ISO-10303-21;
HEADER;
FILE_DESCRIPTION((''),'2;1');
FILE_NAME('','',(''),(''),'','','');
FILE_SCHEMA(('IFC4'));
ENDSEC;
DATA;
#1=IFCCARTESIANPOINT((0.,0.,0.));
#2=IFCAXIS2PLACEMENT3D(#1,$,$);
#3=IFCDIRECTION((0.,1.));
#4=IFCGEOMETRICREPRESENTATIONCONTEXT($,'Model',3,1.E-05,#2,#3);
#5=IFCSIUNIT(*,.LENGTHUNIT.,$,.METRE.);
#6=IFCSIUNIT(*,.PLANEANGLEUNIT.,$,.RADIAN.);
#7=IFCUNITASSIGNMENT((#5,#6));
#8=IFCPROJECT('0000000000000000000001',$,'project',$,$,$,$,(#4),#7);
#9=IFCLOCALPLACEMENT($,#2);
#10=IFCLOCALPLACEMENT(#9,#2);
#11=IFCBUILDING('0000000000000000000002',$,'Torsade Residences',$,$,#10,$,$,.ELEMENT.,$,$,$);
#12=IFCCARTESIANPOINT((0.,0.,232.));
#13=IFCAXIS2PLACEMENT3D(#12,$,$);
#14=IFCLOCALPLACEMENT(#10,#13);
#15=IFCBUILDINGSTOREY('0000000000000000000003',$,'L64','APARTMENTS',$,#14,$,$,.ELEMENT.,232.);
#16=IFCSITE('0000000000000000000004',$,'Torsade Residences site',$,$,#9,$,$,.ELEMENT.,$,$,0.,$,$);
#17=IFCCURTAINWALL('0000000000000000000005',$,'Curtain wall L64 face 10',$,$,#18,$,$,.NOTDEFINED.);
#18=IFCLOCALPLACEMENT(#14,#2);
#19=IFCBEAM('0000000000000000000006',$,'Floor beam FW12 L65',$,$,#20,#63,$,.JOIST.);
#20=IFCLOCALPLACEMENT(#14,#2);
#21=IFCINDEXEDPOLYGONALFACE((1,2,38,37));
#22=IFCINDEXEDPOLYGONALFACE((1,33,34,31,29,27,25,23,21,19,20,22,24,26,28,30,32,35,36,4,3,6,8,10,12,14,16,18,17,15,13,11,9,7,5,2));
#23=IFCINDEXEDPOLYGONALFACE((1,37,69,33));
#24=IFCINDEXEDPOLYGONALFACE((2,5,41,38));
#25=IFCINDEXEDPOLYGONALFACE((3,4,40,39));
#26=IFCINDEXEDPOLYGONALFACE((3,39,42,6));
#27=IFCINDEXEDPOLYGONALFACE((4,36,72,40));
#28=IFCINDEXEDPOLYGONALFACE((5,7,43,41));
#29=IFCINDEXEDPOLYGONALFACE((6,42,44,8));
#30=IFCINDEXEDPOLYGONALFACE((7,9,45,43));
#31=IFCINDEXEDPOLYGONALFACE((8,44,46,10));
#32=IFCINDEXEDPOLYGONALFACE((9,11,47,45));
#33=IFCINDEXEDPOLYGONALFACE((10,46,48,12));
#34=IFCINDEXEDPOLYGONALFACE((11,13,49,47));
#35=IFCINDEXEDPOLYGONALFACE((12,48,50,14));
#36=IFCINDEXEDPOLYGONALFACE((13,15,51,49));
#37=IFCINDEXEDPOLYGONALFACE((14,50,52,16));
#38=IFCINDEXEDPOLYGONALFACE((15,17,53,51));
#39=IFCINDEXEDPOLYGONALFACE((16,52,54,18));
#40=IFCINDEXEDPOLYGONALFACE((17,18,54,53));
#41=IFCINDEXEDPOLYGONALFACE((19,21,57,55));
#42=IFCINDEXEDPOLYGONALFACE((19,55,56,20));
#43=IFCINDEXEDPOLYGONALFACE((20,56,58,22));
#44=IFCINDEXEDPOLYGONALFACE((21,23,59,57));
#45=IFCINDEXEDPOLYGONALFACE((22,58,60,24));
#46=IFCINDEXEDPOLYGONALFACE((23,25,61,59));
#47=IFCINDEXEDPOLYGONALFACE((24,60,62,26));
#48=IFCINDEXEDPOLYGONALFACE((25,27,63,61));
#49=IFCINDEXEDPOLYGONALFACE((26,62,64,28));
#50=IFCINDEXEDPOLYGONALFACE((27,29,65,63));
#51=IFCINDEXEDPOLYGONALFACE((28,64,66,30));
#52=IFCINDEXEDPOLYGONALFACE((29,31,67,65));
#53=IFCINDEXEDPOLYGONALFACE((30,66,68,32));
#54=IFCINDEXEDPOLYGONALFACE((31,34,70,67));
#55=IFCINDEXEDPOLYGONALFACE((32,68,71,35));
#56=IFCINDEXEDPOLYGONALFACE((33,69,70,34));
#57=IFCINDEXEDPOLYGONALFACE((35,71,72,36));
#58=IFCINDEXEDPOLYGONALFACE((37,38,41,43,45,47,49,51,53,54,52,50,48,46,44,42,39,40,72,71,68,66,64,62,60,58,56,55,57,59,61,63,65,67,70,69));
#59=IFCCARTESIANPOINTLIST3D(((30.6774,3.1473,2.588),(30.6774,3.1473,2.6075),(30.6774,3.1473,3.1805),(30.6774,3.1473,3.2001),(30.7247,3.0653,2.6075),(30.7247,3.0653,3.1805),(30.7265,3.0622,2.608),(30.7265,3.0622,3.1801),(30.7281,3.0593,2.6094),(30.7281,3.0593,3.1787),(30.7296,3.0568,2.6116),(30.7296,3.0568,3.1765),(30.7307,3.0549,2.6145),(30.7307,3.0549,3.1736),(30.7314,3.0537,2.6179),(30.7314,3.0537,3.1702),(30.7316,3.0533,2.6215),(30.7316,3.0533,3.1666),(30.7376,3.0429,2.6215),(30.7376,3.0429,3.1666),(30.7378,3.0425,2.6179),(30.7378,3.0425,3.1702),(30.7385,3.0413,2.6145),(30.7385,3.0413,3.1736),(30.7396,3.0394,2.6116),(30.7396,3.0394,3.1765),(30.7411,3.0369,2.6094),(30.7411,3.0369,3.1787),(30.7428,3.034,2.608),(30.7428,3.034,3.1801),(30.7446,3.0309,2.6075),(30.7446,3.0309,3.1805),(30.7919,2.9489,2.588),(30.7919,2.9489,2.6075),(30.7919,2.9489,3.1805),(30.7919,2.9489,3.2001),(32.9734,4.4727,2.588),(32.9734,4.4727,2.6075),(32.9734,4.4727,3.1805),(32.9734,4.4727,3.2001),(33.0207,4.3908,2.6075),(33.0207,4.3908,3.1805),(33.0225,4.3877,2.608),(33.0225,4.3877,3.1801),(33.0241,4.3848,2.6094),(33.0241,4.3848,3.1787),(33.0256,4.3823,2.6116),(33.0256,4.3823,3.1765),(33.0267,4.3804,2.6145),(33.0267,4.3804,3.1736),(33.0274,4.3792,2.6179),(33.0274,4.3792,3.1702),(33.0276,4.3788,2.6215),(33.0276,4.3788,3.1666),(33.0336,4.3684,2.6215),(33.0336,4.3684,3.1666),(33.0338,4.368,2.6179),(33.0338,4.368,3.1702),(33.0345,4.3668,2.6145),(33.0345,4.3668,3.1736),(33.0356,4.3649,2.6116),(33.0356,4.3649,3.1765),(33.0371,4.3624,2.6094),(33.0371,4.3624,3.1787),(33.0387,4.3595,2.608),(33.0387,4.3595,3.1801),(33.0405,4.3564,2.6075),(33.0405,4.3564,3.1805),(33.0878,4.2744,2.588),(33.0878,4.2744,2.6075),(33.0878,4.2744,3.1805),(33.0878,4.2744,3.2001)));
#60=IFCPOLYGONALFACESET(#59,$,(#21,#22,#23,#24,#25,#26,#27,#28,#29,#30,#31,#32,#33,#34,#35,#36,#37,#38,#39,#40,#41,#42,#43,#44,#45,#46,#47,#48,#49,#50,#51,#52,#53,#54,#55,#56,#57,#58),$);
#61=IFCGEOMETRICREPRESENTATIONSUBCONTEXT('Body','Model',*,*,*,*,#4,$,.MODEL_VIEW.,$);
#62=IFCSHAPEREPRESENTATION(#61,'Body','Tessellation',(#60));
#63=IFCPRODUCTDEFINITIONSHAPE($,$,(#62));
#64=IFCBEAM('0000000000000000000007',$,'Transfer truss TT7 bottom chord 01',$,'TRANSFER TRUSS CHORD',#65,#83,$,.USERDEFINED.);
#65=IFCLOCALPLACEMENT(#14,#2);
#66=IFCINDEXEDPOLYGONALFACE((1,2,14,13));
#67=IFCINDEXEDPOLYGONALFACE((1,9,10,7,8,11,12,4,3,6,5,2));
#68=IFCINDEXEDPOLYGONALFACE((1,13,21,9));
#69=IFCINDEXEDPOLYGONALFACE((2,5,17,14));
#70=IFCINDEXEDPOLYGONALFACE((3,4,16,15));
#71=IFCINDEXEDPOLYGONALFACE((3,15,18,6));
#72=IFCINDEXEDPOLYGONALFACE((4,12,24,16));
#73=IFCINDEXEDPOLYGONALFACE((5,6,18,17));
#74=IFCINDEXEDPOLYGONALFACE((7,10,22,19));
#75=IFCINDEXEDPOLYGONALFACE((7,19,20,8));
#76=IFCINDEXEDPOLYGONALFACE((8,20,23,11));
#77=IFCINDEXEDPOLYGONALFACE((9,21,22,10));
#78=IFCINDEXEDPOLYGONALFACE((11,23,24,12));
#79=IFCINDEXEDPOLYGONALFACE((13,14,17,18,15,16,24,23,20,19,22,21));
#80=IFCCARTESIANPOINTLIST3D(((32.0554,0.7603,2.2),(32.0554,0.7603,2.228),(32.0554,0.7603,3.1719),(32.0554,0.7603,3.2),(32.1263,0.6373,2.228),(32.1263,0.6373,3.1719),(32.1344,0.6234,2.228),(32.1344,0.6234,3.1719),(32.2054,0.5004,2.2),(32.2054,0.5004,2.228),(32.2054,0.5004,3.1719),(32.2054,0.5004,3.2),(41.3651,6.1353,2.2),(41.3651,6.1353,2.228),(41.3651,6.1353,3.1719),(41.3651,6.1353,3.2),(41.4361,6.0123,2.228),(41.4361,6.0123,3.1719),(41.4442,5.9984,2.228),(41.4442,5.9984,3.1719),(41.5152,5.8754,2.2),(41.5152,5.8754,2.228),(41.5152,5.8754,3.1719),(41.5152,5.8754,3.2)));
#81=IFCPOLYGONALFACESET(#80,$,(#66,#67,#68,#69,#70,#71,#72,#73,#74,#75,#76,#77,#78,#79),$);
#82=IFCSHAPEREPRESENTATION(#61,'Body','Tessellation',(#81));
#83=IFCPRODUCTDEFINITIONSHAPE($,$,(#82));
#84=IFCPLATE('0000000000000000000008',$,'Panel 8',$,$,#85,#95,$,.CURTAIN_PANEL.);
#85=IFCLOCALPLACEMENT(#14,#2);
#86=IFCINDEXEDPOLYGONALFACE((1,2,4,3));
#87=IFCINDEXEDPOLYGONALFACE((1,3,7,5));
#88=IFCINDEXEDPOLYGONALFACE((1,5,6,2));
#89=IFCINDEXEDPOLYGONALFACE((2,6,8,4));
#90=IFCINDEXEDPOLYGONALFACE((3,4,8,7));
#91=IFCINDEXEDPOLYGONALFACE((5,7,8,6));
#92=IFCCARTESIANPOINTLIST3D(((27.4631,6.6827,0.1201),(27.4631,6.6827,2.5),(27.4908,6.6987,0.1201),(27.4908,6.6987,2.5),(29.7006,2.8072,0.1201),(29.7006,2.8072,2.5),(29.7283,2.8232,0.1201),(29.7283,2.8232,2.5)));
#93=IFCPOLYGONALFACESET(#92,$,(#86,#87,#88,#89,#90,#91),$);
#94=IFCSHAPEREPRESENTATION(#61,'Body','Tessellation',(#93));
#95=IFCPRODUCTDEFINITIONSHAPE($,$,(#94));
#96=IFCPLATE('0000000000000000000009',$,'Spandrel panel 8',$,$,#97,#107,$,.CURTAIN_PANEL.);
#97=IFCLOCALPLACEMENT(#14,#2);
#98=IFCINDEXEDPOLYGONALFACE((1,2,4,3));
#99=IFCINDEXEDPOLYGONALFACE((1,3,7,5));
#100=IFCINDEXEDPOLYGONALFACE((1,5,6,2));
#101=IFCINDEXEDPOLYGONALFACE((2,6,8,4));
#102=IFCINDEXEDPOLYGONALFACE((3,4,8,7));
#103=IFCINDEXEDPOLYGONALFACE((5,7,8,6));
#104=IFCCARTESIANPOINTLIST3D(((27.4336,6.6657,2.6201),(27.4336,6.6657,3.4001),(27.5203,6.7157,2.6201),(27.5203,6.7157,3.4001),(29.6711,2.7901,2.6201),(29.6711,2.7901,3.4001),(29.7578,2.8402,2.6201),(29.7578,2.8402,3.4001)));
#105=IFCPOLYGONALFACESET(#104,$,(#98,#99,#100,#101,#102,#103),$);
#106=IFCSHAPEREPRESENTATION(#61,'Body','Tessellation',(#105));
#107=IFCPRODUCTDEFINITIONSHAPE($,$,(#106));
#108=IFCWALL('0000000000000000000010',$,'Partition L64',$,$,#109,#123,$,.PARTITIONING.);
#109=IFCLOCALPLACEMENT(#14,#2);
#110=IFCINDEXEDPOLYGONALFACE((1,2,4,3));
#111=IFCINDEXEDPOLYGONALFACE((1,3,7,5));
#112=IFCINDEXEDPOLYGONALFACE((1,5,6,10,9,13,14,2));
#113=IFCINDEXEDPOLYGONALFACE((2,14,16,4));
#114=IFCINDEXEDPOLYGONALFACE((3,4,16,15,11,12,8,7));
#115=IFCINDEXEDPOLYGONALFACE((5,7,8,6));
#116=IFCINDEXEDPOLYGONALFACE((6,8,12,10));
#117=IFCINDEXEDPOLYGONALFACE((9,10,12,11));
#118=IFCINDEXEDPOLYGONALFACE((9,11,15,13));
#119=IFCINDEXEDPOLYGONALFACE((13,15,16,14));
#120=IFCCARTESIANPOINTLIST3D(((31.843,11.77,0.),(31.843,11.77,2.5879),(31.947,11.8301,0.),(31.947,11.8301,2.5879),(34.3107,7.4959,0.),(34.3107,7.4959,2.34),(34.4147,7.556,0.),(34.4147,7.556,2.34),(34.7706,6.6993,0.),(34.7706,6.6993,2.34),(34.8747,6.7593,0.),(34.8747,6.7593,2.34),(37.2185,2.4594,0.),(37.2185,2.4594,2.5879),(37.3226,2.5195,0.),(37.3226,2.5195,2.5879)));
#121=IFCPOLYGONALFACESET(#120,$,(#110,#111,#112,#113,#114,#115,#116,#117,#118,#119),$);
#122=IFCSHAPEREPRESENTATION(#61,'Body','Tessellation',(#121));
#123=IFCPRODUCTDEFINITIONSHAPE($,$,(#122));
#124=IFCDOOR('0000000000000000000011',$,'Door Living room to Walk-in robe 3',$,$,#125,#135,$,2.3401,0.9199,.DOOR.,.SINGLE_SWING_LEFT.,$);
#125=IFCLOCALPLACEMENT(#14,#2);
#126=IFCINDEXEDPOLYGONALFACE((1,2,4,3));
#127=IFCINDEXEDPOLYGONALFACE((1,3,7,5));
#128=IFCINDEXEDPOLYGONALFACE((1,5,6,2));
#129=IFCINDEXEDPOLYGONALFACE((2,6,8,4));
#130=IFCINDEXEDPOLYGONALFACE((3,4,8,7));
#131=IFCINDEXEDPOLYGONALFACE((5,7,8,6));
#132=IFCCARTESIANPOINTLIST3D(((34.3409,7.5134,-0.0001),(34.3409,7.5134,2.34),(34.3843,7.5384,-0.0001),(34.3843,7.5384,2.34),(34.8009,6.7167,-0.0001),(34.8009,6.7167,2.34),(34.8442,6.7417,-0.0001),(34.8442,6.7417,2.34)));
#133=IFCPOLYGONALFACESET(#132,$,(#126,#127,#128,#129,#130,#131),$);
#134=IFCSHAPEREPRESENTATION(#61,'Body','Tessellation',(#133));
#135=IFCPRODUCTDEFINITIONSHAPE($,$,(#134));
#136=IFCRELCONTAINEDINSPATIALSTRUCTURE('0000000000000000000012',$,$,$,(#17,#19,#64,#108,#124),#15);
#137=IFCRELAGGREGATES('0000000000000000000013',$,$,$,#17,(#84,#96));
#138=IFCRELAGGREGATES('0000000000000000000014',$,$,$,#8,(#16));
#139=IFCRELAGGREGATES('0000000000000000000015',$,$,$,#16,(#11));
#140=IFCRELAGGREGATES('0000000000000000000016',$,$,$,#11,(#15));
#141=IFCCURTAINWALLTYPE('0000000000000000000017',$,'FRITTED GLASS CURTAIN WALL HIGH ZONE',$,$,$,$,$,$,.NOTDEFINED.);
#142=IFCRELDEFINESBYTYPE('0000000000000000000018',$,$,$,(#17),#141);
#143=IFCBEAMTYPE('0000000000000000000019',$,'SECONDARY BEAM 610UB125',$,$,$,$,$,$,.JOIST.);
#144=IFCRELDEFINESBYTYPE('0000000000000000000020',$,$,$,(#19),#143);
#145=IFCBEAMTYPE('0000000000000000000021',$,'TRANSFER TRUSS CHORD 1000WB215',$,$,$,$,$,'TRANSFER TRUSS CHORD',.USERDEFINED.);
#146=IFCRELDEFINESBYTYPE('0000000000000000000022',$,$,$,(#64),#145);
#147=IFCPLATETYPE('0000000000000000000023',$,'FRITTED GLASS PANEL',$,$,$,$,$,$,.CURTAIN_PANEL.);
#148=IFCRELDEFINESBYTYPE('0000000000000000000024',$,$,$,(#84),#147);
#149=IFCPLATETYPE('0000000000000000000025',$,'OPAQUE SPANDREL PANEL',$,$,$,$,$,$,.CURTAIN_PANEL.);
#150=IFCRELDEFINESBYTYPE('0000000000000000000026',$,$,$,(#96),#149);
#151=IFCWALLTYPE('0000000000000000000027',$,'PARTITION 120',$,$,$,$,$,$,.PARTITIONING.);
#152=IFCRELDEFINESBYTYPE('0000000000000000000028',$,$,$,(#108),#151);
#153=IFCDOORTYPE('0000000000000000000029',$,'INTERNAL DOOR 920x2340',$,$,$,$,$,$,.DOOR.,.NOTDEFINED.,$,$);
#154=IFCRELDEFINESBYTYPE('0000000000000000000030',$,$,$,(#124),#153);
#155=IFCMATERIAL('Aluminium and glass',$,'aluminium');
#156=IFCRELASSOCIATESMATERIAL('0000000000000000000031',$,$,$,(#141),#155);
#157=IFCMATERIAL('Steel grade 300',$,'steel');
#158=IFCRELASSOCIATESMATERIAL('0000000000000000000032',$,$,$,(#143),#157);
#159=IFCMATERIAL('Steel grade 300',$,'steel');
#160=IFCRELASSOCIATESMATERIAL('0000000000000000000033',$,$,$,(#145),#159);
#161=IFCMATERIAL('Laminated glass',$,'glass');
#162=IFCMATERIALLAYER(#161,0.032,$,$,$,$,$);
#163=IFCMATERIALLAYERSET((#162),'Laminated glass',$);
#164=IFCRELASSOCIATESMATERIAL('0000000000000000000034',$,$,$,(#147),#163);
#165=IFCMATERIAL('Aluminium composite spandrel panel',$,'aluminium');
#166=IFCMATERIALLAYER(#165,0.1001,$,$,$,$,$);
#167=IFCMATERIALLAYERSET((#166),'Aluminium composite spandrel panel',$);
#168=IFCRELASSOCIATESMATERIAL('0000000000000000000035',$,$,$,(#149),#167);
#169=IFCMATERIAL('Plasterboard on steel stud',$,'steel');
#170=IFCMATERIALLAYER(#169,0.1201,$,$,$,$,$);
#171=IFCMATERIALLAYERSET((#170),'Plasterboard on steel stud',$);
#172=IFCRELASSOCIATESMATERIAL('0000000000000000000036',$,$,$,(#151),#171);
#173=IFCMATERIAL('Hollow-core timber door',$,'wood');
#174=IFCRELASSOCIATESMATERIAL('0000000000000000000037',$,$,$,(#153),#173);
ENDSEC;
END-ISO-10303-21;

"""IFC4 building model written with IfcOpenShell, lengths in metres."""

from ifc_helpers import new_model, si_unit, direction, frame, frame_2d, origin, origin_2d, place, context, subcontext, project, spatial, rectangle, i_section, extrude, material, layer, layer_set, material_profile, profile_set, type_object, element, fill, aggregate, save


model = new_model("IFC4")

# Units and contexts
model_context = context("Model", 3, precision=1e-05, world=origin(), true_north=direction((0.0, 1.0)))
body_context = subcontext(model_context, "Body", "Model", "MODEL_VIEW")
ifc_project = project(units=[si_unit("LENGTHUNIT", "METRE"), si_unit("PLANEANGLEUNIT", "RADIAN")], contexts=[model_context])

# Site, building, storey
site_placement = place(None, origin())
site = spatial("IfcSite", under=ifc_project, at=site_placement, Name="Torsade Residences site", CompositionType="ELEMENT", RefElevation=0.0)
building_placement = place(site_placement, origin())
building = spatial("IfcBuilding", under=site, at=building_placement, Name="Torsade Residences", CompositionType="ELEMENT")
storey_placement = place(building_placement, frame((0.0, 0.0, 232.0)))
storey = spatial("IfcBuildingStorey", under=building, at=storey_placement, Name="L64", Description="APARTMENTS", CompositionType="ELEMENT", Elevation=232.0)

# Curtain wall
ifc_material_1 = material(Name="Aluminium and glass", Category="aluminium")
curtain_wall_type = type_object("IfcCurtainWallType", Name="FRITTED GLASS CURTAIN WALL HIGH ZONE", PredefinedType="NOTDEFINED", material=ifc_material_1)
curtain_wall_placement = place(storey_placement, origin())
curtain_wall = element("IfcCurtainWall", 1, at=curtain_wall_placement, inside=storey, type_object=curtain_wall_type, Name="Curtain wall L64 face 10", PredefinedType="NOTDEFINED")

# Beams
ifc_material_2 = material(Name="Steel grade 300", Category="steel")
ifc_material_profile_1 = material_profile(ifc_material_2, i_section(OverallWidth=0.229, OverallDepth=0.6121, WebThickness=0.012, FlangeThickness=0.0195, FilletRadius=0.0139, at=origin_2d()), Name="610UB125")
ifc_profile_set_1 = profile_set([ifc_material_profile_1], Name="Steel grade 300")
beam_type_1 = type_object("IfcBeamType", Name="SECONDARY BEAM 610UB125", PredefinedType="JOIST", material=ifc_profile_set_1)
beam_1_placement = place(storey_placement, frame((30.7346, 3.0481, 2.894), z_axis=(0.866041, 0.499972, 0.0), x_axis=(-0.499972, 0.866041, 0.0)))
element("IfcBeam", 2, at=beam_1_placement, inside=storey, type_object=beam_type_1, Name="Floor beam FW12 L65", PredefinedType="JOIST", context=body_context, shape_type="SweptSolid", body=[
    extrude(i_section(OverallWidth=0.229, OverallDepth=0.6121, WebThickness=0.012, FlangeThickness=0.0195, FilletRadius=0.0139, at=origin_2d()), origin(), (0.0, 0.0, 1.0), 2.6511),
])
ifc_material_3 = material(Name="Steel grade 300", Category="steel")
ifc_material_profile_2 = material_profile(ifc_material_3, i_section(OverallWidth=0.3, OverallDepth=1.0, WebThickness=0.0161, FlangeThickness=0.0281, at=origin_2d()), Name="1000WB215")
ifc_profile_set_2 = profile_set([ifc_material_profile_2], Name="Steel grade 300")
beam_type_2 = type_object("IfcBeamType", Name="TRANSFER TRUSS CHORD 1000WB215", ElementType="TRANSFER TRUSS CHORD", PredefinedType="USERDEFINED", material=ifc_profile_set_2)
beam_2_placement = place(storey_placement, frame((32.1304, 0.6304, 2.7), z_axis=(0.866026, 0.499998, 0.0), x_axis=(-0.499998, 0.866026, 0.0)))
element("IfcBeam", 3, at=beam_2_placement, inside=storey, type_object=beam_type_2, Name="Transfer truss TT7 bottom chord 01", ObjectType="TRANSFER TRUSS CHORD", PredefinedType="USERDEFINED", context=body_context, shape_type="SweptSolid", body=[
    extrude(i_section(OverallWidth=0.3, OverallDepth=1.0, WebThickness=0.0161, FlangeThickness=0.0281, at=origin_2d()), origin(), (0.0, 0.0, 1.0), 10.75),
])

# Plates
ifc_material_4 = material(Name="Laminated glass", Category="glass")
ifc_layer_1 = layer(ifc_material_4, 0.032)
ifc_layer_set_1 = layer_set([ifc_layer_1], Name="Laminated glass")
plate_type_1 = type_object("IfcPlateType", Name="FRITTED GLASS PANEL", PredefinedType="CURTAIN_PANEL", material=ifc_layer_set_1)
plate_1_placement = place(storey_placement, frame((28.5957, 4.7529, 0.1201), z_axis=(0.0, 0.0, 1.0), x_axis=(0.5, -0.866025, 0.0)))
plate_1 = element("IfcPlate", 4, at=plate_1_placement, type_object=plate_type_1, Name="Panel 8", PredefinedType="CURTAIN_PANEL", context=body_context, shape_type="SweptSolid", body=[
    extrude(rectangle(XDim=4.4751, YDim=0.032, at=origin_2d()), origin(), (0.0, 0.0, 1.0), 2.3799),
])
ifc_material_5 = material(Name="Aluminium composite spandrel panel", Category="aluminium")
ifc_layer_2 = layer(ifc_material_5, 0.1001)
ifc_layer_set_2 = layer_set([ifc_layer_2], Name="Aluminium composite spandrel panel")
plate_type_2 = type_object("IfcPlateType", Name="OPAQUE SPANDREL PANEL", PredefinedType="CURTAIN_PANEL", material=ifc_layer_set_2)
plate_2_placement = place(storey_placement, frame((28.5957, 4.7529, 2.6201), z_axis=(0.0, 0.0, 1.0), x_axis=(0.5, -0.866025, 0.0)))
plate_2 = element("IfcPlate", 5, at=plate_2_placement, type_object=plate_type_2, Name="Spandrel panel 8", PredefinedType="CURTAIN_PANEL", context=body_context, shape_type="SweptSolid", body=[
    extrude(rectangle(XDim=4.4751, YDim=0.1001, at=origin_2d()), origin(), (0.0, 0.0, 1.0), 0.78),
])
aggregate(curtain_wall, [plate_1, plate_2])

# Wall, opening, door
ifc_material_6 = material(Name="Plasterboard on steel stud", Category="steel")
ifc_layer_3 = layer(ifc_material_6, 0.1201)
ifc_layer_set_3 = layer_set([ifc_layer_3], Name="Plasterboard on steel stud")
wall_type_1 = type_object("IfcWallType", Name="PARTITION 120", PredefinedType="PARTITIONING", material=ifc_layer_set_3)
wall_1_placement = place(storey_placement, frame((31.895, 11.8, 0.0), z_axis=(0.0, 0.0, 1.0), x_axis=(0.500003, -0.866024, 0.0)))
wall_1 = element("IfcWall", 6, at=wall_1_placement, inside=storey, type_object=wall_type_1, Name="Partition L64", PredefinedType="PARTITIONING", context=body_context, shape_type="SweptSolid", body=[
    extrude(rectangle(XDim=10.751, YDim=0.1201, at=frame_2d((5.3755, 0.0))), origin(), (0.0, 0.0, 1.0), 2.5879),
])
opening_1_placement = place(wall_1_placement, frame((4.9353, 0.0, 0.0)))
opening_1 = element("IfcOpeningElement", 7, at=opening_1_placement, cuts=wall_1, PredefinedType="OPENING", context=body_context, shape_type="SweptSolid", body=[
    extrude(rectangle(XDim=0.9199, YDim=2.3401, at=frame_2d((0.46, 1.1699))), frame((0.0, 0.0701, 0.0), z_axis=(0.0, -1.0, 0.0), x_axis=(1.0, 0.0, 0.0)), (0.0, 0.0, 1.0), 0.1401),
])
ifc_material_7 = material(Name="Hollow-core timber door", Category="wood")
door_type_1 = type_object("IfcDoorType", Name="INTERNAL DOOR 920x2340", OperationType="NOTDEFINED", PredefinedType="DOOR", material=ifc_material_7)
door_1_placement = place(opening_1_placement, origin())
door_1 = element("IfcDoor", 8, at=door_1_placement, inside=storey, type_object=door_type_1, Name="Door Living room to Walk-in robe 3", OperationType="SINGLE_SWING_LEFT", OverallHeight=2.3401, OverallWidth=0.9199, PredefinedType="DOOR", context=body_context, shape_type="SweptSolid", body=[
    extrude(rectangle(XDim=0.9199, YDim=2.3401, at=frame_2d((0.46, 1.1699))), frame((0.0, 0.0249, 0.0), z_axis=(0.0, -1.0, 0.0), x_axis=(1.0, 0.0, 0.0)), (0.0, 0.0, 1.0), 0.05),
])
fill(opening_1, door_1)

save(model, "model.ifc")
